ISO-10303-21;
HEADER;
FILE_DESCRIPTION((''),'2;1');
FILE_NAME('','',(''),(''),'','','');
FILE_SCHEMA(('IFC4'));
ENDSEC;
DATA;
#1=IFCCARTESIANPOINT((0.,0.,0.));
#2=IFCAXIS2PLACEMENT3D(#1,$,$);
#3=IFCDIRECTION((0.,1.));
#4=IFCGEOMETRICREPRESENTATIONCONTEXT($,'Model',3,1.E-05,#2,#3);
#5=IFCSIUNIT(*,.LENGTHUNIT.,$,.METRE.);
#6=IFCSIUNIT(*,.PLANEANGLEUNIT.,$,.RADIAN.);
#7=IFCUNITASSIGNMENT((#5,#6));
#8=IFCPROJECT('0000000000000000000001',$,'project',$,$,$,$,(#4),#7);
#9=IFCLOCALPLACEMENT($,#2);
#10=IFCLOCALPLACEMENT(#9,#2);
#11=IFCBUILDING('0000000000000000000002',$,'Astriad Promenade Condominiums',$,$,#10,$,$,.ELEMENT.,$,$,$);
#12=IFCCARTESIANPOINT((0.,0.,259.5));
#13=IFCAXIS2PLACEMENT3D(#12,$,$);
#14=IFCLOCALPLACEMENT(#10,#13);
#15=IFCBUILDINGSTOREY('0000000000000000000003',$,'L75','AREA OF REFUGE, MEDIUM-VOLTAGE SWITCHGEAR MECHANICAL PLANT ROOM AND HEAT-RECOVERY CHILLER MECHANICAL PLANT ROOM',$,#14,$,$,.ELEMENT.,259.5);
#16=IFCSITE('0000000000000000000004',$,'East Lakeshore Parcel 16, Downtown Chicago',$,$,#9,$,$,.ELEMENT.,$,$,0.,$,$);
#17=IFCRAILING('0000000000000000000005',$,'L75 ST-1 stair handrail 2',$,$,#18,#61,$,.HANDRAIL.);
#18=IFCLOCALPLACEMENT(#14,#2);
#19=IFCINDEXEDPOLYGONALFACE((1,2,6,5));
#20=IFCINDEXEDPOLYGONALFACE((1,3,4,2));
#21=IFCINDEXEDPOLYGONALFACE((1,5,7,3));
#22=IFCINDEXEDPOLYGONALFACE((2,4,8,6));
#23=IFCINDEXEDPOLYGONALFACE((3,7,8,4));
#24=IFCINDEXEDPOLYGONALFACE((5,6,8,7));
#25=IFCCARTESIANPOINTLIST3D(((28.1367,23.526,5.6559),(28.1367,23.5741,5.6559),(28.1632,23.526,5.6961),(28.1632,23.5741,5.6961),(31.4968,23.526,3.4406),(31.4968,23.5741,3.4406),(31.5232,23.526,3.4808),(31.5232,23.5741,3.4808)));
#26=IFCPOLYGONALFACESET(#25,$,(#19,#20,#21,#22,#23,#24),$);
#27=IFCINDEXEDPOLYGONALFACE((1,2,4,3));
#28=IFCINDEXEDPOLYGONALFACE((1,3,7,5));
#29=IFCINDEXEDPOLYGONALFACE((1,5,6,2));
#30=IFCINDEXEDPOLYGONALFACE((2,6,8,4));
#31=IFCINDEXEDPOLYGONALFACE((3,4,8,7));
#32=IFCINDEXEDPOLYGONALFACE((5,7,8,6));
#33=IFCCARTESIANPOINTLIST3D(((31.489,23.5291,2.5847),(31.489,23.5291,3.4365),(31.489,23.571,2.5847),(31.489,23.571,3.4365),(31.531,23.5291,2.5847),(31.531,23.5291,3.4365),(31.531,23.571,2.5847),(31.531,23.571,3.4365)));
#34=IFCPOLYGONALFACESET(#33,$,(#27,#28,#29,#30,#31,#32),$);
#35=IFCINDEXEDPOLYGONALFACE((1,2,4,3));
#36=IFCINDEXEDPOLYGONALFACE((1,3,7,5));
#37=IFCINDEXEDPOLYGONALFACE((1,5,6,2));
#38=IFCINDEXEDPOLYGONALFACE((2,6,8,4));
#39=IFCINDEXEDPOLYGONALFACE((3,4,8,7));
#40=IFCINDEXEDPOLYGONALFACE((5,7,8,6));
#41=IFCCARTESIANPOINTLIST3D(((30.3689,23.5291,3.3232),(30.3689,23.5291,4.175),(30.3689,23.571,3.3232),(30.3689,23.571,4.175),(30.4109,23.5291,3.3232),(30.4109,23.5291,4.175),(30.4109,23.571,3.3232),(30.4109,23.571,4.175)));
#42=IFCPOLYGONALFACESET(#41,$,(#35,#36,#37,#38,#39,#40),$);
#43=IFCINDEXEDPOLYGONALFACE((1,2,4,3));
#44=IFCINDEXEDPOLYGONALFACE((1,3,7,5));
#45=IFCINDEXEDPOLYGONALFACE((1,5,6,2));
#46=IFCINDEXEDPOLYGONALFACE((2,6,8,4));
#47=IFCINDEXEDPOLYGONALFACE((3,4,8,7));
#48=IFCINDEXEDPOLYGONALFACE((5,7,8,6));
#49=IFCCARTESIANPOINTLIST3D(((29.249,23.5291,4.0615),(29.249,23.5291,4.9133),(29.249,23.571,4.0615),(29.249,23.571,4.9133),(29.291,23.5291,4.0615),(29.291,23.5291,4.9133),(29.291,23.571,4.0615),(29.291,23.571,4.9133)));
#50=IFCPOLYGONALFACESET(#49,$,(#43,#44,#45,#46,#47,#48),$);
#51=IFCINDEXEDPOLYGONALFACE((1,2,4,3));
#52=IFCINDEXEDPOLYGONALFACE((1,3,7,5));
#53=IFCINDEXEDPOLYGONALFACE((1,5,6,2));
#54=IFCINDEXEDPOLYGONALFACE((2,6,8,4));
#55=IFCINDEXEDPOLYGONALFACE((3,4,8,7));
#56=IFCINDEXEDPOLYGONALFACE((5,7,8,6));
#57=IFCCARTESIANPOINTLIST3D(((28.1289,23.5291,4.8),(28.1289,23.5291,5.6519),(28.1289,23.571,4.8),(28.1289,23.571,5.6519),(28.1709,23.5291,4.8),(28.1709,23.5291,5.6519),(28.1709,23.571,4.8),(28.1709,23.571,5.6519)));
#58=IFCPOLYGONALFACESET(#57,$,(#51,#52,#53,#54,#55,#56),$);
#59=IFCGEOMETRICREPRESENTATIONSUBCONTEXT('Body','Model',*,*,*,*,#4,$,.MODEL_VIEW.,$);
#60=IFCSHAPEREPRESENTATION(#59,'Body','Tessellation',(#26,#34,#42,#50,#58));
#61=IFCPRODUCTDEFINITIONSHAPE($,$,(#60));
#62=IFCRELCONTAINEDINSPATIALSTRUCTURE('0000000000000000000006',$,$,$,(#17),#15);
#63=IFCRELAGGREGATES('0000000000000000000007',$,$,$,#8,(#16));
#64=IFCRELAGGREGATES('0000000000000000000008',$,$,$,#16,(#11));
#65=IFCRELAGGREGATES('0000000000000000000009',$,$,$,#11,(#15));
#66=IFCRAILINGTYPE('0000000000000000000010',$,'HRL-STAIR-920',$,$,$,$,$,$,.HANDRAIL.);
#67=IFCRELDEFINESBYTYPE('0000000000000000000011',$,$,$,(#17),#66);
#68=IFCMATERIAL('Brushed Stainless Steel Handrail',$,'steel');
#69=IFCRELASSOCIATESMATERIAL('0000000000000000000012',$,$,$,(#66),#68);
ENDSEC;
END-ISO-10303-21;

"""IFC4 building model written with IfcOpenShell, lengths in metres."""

from ifc_helpers import new_model, si_unit, direction, frame, origin, origin_2d, place, context, subcontext, project, spatial, rectangle, extrude, source, transform, mapped, material, type_object, element, save


model = new_model("IFC4")

# Units and contexts
model_context = context("Model", 3, precision=1e-05, world=origin(), true_north=direction((0.0, 1.0)))
body_context = subcontext(model_context, "Body", "Model", "MODEL_VIEW")
ifc_project = project(units=[si_unit("LENGTHUNIT", "METRE"), si_unit("PLANEANGLEUNIT", "RADIAN")], contexts=[model_context])

# Site, building, storey
site_placement = place(None, origin())
site = spatial("IfcSite", under=ifc_project, at=site_placement, Name="East Lakeshore Parcel 16, Downtown Chicago", CompositionType="ELEMENT", RefElevation=0.0)
building_placement = place(site_placement, origin())
building = spatial("IfcBuilding", under=site, at=building_placement, Name="Astriad Promenade Condominiums", CompositionType="ELEMENT")
storey_placement = place(building_placement, frame((0.0, 0.0, 259.5)))
storey = spatial("IfcBuildingStorey", under=building, at=storey_placement, Name="L75", Description="AREA OF REFUGE, MEDIUM-VOLTAGE SWITCHGEAR MECHANICAL PLANT ROOM AND HEAT-RECOVERY CHILLER MECHANICAL PLANT ROOM", CompositionType="ELEMENT", Elevation=259.5)

# Railing
ifc_material_1 = material(Name="Brushed Stainless Steel Handrail", Category="steel")
railing_type_1 = type_object("IfcRailingType", Name="HRL-STAIR-920", PredefinedType="HANDRAIL", material=ifc_material_1)
shared_shape_1 = source(origin(), body_context, "Body", "SweptSolid", [
    extrude(rectangle(XDim=0.0481, YDim=0.0481, at=origin_2d()), frame((0.0, 0.0, 0.876), z_axis=(-0.834876, 0.0, 0.550437), x_axis=(0.0, -1.0, 0.0)), (0.0, 0.0, 1.0), 4.0247),
    extrude(rectangle(XDim=0.042, YDim=0.042, at=origin_2d()), origin(), (0.0, 0.0, 1.0), 0.8518),
    extrude(rectangle(XDim=0.042, YDim=0.042, at=origin_2d()), frame((-1.1201, 0.0, 0.7385)), (0.0, 0.0, 1.0), 0.8518),
    extrude(rectangle(XDim=0.042, YDim=0.042, at=origin_2d()), frame((-2.24, 0.0, 1.4768)), (0.0, 0.0, 1.0), 0.8518),
    extrude(rectangle(XDim=0.042, YDim=0.042, at=origin_2d()), frame((-3.3601, 0.0, 2.2153)), (0.0, 0.0, 1.0), 0.8518),
])
railing_1_placement = place(storey_placement, frame((31.51, 23.55, 2.5847)))
element("IfcRailing", 1, at=railing_1_placement, inside=storey, type_object=railing_type_1, Name="L75 ST-1 stair handrail 2", PredefinedType="HANDRAIL", context=body_context, shape_type="MappedRepresentation", body=[
    mapped(shared_shape_1, transform((0.0, 0.0, 0.0), scale=1.0)),
])

save(model, "model.ifc")
